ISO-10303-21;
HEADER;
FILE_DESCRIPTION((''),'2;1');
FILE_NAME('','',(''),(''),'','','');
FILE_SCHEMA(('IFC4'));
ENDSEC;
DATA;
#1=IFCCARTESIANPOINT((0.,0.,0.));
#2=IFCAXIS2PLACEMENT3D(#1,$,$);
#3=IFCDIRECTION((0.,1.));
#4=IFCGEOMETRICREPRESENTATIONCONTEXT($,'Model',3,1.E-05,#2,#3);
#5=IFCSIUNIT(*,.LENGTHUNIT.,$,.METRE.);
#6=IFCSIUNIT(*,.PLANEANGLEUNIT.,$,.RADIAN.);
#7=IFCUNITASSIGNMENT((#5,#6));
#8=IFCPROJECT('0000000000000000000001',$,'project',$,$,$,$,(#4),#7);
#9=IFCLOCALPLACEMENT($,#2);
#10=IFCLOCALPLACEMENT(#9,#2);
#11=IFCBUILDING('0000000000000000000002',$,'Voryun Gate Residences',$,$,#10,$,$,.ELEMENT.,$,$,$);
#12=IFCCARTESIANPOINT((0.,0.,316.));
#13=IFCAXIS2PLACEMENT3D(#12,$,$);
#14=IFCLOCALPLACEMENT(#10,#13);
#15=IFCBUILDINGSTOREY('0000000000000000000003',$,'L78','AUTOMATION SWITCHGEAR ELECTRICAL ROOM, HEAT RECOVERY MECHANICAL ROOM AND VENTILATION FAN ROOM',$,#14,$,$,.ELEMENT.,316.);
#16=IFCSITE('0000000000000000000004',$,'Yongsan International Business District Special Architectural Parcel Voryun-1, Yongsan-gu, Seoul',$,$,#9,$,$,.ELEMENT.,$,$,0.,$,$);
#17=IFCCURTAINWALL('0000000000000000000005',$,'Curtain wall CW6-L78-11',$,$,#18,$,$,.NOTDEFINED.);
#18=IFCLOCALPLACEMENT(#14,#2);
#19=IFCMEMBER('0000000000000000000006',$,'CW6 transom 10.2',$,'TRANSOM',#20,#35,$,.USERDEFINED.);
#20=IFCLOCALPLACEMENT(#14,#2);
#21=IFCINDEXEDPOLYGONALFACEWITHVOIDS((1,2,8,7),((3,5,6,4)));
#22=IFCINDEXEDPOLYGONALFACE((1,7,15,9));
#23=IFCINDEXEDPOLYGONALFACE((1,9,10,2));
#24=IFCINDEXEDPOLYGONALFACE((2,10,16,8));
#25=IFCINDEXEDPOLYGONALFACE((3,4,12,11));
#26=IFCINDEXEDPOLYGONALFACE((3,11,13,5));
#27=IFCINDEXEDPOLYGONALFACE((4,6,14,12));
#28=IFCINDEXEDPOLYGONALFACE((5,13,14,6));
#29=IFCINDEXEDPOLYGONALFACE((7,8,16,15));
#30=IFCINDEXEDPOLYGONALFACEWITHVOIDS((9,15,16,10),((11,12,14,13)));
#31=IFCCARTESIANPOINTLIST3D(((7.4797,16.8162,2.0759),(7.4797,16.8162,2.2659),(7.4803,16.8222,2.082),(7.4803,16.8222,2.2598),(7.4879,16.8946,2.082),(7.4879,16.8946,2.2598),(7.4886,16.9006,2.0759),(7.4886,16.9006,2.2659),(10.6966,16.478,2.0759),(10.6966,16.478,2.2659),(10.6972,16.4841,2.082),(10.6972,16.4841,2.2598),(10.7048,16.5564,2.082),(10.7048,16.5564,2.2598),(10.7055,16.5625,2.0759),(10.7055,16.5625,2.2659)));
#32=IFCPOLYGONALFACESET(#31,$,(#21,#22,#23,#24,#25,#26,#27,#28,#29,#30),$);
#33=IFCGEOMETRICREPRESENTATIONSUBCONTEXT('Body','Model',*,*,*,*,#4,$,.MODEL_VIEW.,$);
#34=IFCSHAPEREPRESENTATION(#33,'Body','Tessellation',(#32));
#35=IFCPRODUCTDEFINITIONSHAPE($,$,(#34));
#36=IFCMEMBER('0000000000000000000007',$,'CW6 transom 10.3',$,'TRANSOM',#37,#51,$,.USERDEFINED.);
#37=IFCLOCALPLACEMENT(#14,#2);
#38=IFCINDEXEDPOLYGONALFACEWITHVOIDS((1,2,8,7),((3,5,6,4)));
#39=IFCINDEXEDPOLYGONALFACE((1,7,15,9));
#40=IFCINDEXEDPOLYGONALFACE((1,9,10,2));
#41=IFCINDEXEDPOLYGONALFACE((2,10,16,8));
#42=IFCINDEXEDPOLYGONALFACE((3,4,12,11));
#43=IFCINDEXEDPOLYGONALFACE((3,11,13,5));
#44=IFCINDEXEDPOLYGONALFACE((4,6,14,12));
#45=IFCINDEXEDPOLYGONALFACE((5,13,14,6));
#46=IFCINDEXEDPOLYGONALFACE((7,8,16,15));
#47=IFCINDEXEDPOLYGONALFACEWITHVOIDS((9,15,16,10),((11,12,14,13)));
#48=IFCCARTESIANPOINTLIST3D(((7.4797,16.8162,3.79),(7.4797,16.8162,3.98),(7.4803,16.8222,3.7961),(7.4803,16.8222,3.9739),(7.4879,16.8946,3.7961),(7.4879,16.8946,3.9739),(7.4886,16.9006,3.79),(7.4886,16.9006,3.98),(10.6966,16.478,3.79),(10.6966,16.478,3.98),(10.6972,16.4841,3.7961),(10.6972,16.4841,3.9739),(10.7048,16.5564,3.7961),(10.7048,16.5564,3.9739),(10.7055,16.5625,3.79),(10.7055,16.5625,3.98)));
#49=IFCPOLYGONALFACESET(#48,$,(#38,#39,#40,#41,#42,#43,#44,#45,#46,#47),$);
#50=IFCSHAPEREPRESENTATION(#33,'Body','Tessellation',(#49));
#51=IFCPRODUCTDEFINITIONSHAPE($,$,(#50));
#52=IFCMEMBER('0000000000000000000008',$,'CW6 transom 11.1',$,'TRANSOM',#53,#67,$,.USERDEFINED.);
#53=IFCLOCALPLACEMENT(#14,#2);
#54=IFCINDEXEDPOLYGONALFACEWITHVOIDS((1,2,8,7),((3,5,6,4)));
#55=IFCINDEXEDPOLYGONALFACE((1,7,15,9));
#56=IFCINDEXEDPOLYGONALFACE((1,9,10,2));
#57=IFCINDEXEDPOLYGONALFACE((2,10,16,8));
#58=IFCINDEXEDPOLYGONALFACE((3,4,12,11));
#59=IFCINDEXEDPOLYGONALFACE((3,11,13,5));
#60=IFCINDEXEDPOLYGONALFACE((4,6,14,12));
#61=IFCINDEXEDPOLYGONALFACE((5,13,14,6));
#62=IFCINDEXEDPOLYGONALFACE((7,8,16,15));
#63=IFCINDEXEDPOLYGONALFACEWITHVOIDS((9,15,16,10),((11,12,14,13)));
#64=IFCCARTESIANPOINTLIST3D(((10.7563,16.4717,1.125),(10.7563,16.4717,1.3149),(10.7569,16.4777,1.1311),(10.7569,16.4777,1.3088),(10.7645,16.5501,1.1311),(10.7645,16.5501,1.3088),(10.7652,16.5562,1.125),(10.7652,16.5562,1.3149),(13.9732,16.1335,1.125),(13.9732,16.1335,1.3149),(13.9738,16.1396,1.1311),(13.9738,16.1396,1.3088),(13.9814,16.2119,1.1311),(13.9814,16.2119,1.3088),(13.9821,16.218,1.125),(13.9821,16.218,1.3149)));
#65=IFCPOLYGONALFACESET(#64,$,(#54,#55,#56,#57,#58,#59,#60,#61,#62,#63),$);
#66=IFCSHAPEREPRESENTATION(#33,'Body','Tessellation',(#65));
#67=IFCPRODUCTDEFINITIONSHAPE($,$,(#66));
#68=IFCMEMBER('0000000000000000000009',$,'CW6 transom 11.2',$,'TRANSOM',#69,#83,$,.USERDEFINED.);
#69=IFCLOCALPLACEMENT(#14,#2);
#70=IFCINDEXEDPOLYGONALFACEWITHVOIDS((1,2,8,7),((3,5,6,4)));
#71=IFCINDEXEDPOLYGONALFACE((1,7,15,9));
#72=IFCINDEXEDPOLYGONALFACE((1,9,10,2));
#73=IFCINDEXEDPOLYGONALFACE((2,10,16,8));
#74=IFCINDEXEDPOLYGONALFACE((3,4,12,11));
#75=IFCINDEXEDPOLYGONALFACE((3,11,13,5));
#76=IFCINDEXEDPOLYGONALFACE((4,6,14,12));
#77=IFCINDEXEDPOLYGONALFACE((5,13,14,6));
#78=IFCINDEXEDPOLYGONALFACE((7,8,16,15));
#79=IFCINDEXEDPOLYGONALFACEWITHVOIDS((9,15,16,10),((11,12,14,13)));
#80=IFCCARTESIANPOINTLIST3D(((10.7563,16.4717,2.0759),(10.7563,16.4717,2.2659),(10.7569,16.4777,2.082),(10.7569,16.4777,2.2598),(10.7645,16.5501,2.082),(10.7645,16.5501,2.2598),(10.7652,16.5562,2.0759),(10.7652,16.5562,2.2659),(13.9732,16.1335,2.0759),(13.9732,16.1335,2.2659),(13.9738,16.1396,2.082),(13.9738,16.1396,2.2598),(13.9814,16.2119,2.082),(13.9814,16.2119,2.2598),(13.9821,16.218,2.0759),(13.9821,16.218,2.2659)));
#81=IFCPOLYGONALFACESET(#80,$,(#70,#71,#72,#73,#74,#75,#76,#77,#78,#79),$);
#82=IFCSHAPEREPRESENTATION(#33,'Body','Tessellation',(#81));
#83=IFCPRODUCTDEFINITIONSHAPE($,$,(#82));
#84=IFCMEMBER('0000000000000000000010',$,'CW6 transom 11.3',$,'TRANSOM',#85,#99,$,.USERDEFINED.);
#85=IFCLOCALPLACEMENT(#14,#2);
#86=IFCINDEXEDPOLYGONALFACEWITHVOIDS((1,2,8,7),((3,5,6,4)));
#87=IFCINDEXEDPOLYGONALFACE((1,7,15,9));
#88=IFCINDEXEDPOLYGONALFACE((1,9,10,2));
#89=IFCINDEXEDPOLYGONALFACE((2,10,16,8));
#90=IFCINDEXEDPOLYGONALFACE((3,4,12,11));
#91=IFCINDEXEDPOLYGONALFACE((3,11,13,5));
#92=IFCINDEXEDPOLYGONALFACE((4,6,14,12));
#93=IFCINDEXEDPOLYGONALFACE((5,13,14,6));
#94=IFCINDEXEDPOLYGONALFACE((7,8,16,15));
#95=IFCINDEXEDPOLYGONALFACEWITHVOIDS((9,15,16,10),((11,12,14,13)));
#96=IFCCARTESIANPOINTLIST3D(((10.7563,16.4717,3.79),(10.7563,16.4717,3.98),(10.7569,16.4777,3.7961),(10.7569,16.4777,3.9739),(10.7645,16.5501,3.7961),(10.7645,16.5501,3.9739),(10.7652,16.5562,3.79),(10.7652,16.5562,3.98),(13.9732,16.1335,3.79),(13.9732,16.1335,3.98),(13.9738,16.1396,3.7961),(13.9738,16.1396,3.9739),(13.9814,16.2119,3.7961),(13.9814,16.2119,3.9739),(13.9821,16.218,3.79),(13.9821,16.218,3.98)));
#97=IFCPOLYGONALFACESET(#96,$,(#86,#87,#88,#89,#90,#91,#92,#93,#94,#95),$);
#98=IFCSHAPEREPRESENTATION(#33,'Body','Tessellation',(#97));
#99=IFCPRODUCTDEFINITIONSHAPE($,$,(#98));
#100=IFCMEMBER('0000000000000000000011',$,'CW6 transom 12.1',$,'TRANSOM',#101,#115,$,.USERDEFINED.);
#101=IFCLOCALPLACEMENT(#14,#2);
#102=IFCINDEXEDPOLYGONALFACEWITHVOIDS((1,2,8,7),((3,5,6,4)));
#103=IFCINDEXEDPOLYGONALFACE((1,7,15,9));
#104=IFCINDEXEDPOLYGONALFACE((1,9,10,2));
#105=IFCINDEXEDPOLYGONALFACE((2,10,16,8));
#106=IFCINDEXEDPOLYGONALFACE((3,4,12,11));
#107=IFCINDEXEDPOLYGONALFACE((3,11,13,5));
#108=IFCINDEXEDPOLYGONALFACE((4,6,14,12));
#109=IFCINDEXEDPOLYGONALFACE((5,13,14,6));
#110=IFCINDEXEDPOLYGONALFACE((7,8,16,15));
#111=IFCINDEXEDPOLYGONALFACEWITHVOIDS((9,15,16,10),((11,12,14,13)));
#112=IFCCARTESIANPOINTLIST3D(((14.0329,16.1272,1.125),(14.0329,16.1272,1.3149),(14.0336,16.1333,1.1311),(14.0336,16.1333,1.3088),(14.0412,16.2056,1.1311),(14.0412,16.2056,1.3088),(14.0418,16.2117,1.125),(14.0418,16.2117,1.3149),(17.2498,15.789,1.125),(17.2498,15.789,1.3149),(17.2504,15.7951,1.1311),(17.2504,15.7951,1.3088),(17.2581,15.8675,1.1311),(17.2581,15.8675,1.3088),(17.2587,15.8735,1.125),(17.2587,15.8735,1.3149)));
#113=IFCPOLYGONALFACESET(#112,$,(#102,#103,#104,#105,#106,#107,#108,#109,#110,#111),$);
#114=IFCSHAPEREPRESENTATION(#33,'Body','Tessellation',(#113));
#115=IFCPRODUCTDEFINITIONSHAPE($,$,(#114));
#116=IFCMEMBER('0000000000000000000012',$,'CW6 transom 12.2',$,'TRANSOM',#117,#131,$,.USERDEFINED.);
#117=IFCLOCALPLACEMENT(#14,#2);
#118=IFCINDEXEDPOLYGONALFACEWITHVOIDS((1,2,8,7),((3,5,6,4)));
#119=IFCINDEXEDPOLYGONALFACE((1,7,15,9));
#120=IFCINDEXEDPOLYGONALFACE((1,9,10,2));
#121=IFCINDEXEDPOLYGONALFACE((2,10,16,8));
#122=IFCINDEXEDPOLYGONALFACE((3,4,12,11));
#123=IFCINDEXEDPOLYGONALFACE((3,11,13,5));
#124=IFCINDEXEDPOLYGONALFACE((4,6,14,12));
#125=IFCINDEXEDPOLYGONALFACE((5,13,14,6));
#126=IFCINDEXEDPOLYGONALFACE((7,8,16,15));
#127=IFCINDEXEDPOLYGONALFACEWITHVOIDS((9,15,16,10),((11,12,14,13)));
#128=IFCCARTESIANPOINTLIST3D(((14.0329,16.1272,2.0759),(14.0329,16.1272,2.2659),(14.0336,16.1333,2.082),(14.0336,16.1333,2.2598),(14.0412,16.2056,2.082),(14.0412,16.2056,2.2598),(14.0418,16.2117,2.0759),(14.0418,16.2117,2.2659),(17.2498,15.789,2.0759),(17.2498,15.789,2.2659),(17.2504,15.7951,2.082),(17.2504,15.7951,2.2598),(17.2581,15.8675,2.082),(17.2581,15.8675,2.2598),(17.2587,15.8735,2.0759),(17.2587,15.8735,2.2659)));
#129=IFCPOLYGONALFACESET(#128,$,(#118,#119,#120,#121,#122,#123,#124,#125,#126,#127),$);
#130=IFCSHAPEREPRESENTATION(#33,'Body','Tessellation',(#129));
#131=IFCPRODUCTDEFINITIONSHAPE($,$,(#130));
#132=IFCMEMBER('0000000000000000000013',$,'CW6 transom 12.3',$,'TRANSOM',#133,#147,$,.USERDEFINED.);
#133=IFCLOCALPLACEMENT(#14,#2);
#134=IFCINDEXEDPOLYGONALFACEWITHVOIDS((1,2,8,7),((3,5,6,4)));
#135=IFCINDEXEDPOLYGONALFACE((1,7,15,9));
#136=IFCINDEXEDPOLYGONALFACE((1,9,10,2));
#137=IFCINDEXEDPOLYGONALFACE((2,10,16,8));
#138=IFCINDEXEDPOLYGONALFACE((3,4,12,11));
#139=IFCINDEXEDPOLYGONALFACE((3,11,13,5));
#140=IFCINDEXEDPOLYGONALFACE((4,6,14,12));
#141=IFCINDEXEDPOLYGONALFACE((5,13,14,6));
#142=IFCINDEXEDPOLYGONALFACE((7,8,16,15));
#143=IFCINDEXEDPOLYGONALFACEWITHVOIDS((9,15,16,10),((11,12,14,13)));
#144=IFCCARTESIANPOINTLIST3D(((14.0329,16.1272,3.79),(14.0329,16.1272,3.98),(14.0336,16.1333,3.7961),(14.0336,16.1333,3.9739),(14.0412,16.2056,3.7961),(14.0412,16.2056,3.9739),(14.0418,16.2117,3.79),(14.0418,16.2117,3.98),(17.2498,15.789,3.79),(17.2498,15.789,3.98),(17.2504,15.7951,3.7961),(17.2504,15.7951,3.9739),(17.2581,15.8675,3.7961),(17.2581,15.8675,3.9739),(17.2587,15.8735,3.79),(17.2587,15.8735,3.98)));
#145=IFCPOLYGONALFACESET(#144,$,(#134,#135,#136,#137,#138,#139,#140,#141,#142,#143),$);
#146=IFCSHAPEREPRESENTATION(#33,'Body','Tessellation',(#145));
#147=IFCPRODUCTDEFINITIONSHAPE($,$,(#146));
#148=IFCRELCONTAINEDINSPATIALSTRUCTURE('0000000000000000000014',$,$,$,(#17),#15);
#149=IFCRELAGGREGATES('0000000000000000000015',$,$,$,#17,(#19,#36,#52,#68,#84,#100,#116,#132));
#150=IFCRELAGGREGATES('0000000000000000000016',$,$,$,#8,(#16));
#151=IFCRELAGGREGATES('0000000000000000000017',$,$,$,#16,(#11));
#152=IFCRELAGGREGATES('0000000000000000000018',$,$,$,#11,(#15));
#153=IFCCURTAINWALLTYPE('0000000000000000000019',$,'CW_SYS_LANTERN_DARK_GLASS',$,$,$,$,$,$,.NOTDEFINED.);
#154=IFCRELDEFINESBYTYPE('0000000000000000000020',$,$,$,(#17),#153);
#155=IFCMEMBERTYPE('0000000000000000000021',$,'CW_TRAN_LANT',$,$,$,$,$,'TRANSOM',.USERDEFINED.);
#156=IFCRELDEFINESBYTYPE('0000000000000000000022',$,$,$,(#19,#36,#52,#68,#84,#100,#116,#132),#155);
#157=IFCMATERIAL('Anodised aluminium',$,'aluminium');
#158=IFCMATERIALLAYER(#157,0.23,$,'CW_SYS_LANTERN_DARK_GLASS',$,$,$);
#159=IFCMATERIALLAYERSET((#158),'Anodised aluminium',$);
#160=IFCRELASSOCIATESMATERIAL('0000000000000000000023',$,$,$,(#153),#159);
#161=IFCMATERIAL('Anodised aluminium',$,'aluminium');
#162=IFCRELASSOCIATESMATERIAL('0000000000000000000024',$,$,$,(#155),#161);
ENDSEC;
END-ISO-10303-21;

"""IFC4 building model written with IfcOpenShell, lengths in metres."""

from ifc_helpers import new_model, si_unit, direction, frame, origin, origin_2d, place, context, subcontext, project, spatial, hollow_rectangle, extrude, material, layer, layer_set, material_profile, profile_set, type_object, element, aggregate, save


model = new_model("IFC4")

# Units and contexts
model_context = context("Model", 3, precision=1e-05, world=origin(), true_north=direction((0.0, 1.0)))
body_context = subcontext(model_context, "Body", "Model", "MODEL_VIEW")
ifc_project = project(units=[si_unit("LENGTHUNIT", "METRE"), si_unit("PLANEANGLEUNIT", "RADIAN")], contexts=[model_context])

# Site, building, storey
site_placement = place(None, origin())
site = spatial("IfcSite", under=ifc_project, at=site_placement, Name="Yongsan International Business District Special Architectural Parcel Voryun-1, Yongsan-gu, Seoul", CompositionType="ELEMENT", RefElevation=0.0)
building_placement = place(site_placement, origin())
building = spatial("IfcBuilding", under=site, at=building_placement, Name="Voryun Gate Residences", CompositionType="ELEMENT")
storey_placement = place(building_placement, frame((0.0, 0.0, 316.0)))
storey = spatial("IfcBuildingStorey", under=building, at=storey_placement, Name="L78", Description="AUTOMATION SWITCHGEAR ELECTRICAL ROOM, HEAT RECOVERY MECHANICAL ROOM AND VENTILATION FAN ROOM", CompositionType="ELEMENT", Elevation=316.0)

# Curtain wall, members
ifc_material_1 = material(Name="Anodised aluminium", Category="aluminium")
ifc_layer_1 = layer(ifc_material_1, 0.23, Name="CW_SYS_LANTERN_DARK_GLASS")
ifc_layer_set_1 = layer_set([ifc_layer_1], Name="Anodised aluminium")
curtain_wall_type = type_object("IfcCurtainWallType", Name="CW_SYS_LANTERN_DARK_GLASS", PredefinedType="NOTDEFINED", material=ifc_layer_set_1)
curtain_wall_placement = place(storey_placement, origin())
curtain_wall = element("IfcCurtainWall", 1, at=curtain_wall_placement, inside=storey, type_object=curtain_wall_type, Name="Curtain wall CW6-L78-11", PredefinedType="NOTDEFINED")
ifc_material_2 = material(Name="Anodised aluminium", Category="aluminium")
ifc_material_profile_1 = material_profile(ifc_material_2, hollow_rectangle(XDim=0.085, YDim=0.1899, WallThickness=0.0061, at=origin_2d()), Name="ALU-TRAN-190x85x6")
ifc_profile_set_1 = profile_set([ifc_material_profile_1], Name="Anodised aluminium")
member_type_1 = type_object("IfcMemberType", Name="CW_TRAN_LANT", ElementType="TRANSOM", PredefinedType="USERDEFINED", material=ifc_profile_set_1)
member_1_placement = place(storey_placement, frame((7.4841, 16.8584, 2.1709), z_axis=(0.994521, -0.104539, 0.0), x_axis=(0.104539, 0.994521, 0.0)))
member_1 = element("IfcMember", 2, at=member_1_placement, type_object=member_type_1, Name="CW6 transom 10.2", ObjectType="TRANSOM", PredefinedType="USERDEFINED", context=body_context, shape_type="SweptSolid", body=[
    extrude(hollow_rectangle(XDim=0.085, YDim=0.1899, WallThickness=0.0061, at=origin_2d()), origin(), (0.0, 0.0, 1.0), 3.2346),
])
member_2_placement = place(storey_placement, frame((7.4841, 16.8584, 3.885), z_axis=(0.994521, -0.104539, 0.0), x_axis=(0.104539, 0.994521, 0.0)))
member_2 = element("IfcMember", 3, at=member_2_placement, type_object=member_type_1, Name="CW6 transom 10.3", ObjectType="TRANSOM", PredefinedType="USERDEFINED", context=body_context, shape_type="SweptSolid", body=[
    extrude(hollow_rectangle(XDim=0.085, YDim=0.1899, WallThickness=0.0061, at=origin_2d()), origin(), (0.0, 0.0, 1.0), 3.2346),
])
member_3_placement = place(storey_placement, frame((10.7607, 16.5139, 1.22), z_axis=(0.994521, -0.104539, 0.0), x_axis=(0.104539, 0.994521, 0.0)))
member_3 = element("IfcMember", 4, at=member_3_placement, type_object=member_type_1, Name="CW6 transom 11.1", ObjectType="TRANSOM", PredefinedType="USERDEFINED", context=body_context, shape_type="SweptSolid", body=[
    extrude(hollow_rectangle(XDim=0.085, YDim=0.1899, WallThickness=0.0061, at=origin_2d()), origin(), (0.0, 0.0, 1.0), 3.2346),
])
member_4_placement = place(storey_placement, frame((10.7607, 16.5139, 2.1709), z_axis=(0.994521, -0.104539, 0.0), x_axis=(0.104539, 0.994521, 0.0)))
member_4 = element("IfcMember", 5, at=member_4_placement, type_object=member_type_1, Name="CW6 transom 11.2", ObjectType="TRANSOM", PredefinedType="USERDEFINED", context=body_context, shape_type="SweptSolid", body=[
    extrude(hollow_rectangle(XDim=0.085, YDim=0.1899, WallThickness=0.0061, at=origin_2d()), origin(), (0.0, 0.0, 1.0), 3.2346),
])
member_5_placement = place(storey_placement, frame((10.7607, 16.5139, 3.885), z_axis=(0.994521, -0.104539, 0.0), x_axis=(0.104539, 0.994521, 0.0)))
member_5 = element("IfcMember", 6, at=member_5_placement, type_object=member_type_1, Name="CW6 transom 11.3", ObjectType="TRANSOM", PredefinedType="USERDEFINED", context=body_context, shape_type="SweptSolid", body=[
    extrude(hollow_rectangle(XDim=0.085, YDim=0.1899, WallThickness=0.0061, at=origin_2d()), origin(), (0.0, 0.0, 1.0), 3.2346),
])
member_6_placement = place(storey_placement, frame((14.0374, 16.1694, 1.22), z_axis=(0.994521, -0.104539, 0.0), x_axis=(0.104539, 0.994521, 0.0)))
member_6 = element("IfcMember", 7, at=member_6_placement, type_object=member_type_1, Name="CW6 transom 12.1", ObjectType="TRANSOM", PredefinedType="USERDEFINED", context=body_context, shape_type="SweptSolid", body=[
    extrude(hollow_rectangle(XDim=0.085, YDim=0.1899, WallThickness=0.0061, at=origin_2d()), origin(), (0.0, 0.0, 1.0), 3.2346),
])
member_7_placement = place(storey_placement, frame((14.0374, 16.1694, 2.1709), z_axis=(0.994521, -0.104539, 0.0), x_axis=(0.104539, 0.994521, 0.0)))
member_7 = element("IfcMember", 8, at=member_7_placement, type_object=member_type_1, Name="CW6 transom 12.2", ObjectType="TRANSOM", PredefinedType="USERDEFINED", context=body_context, shape_type="SweptSolid", body=[
    extrude(hollow_rectangle(XDim=0.085, YDim=0.1899, WallThickness=0.0061, at=origin_2d()), origin(), (0.0, 0.0, 1.0), 3.2346),
])
member_8_placement = place(storey_placement, frame((14.0374, 16.1694, 3.885), z_axis=(0.994521, -0.104539, 0.0), x_axis=(0.104539, 0.994521, 0.0)))
member_8 = element("IfcMember", 9, at=member_8_placement, type_object=member_type_1, Name="CW6 transom 12.3", ObjectType="TRANSOM", PredefinedType="USERDEFINED", context=body_context, shape_type="SweptSolid", body=[
    extrude(hollow_rectangle(XDim=0.085, YDim=0.1899, WallThickness=0.0061, at=origin_2d()), origin(), (0.0, 0.0, 1.0), 3.2346),
])

aggregate(curtain_wall, [member_1, member_2, member_3, member_4, member_5, member_6, member_7, member_8])

save(model, "model.ifc")
